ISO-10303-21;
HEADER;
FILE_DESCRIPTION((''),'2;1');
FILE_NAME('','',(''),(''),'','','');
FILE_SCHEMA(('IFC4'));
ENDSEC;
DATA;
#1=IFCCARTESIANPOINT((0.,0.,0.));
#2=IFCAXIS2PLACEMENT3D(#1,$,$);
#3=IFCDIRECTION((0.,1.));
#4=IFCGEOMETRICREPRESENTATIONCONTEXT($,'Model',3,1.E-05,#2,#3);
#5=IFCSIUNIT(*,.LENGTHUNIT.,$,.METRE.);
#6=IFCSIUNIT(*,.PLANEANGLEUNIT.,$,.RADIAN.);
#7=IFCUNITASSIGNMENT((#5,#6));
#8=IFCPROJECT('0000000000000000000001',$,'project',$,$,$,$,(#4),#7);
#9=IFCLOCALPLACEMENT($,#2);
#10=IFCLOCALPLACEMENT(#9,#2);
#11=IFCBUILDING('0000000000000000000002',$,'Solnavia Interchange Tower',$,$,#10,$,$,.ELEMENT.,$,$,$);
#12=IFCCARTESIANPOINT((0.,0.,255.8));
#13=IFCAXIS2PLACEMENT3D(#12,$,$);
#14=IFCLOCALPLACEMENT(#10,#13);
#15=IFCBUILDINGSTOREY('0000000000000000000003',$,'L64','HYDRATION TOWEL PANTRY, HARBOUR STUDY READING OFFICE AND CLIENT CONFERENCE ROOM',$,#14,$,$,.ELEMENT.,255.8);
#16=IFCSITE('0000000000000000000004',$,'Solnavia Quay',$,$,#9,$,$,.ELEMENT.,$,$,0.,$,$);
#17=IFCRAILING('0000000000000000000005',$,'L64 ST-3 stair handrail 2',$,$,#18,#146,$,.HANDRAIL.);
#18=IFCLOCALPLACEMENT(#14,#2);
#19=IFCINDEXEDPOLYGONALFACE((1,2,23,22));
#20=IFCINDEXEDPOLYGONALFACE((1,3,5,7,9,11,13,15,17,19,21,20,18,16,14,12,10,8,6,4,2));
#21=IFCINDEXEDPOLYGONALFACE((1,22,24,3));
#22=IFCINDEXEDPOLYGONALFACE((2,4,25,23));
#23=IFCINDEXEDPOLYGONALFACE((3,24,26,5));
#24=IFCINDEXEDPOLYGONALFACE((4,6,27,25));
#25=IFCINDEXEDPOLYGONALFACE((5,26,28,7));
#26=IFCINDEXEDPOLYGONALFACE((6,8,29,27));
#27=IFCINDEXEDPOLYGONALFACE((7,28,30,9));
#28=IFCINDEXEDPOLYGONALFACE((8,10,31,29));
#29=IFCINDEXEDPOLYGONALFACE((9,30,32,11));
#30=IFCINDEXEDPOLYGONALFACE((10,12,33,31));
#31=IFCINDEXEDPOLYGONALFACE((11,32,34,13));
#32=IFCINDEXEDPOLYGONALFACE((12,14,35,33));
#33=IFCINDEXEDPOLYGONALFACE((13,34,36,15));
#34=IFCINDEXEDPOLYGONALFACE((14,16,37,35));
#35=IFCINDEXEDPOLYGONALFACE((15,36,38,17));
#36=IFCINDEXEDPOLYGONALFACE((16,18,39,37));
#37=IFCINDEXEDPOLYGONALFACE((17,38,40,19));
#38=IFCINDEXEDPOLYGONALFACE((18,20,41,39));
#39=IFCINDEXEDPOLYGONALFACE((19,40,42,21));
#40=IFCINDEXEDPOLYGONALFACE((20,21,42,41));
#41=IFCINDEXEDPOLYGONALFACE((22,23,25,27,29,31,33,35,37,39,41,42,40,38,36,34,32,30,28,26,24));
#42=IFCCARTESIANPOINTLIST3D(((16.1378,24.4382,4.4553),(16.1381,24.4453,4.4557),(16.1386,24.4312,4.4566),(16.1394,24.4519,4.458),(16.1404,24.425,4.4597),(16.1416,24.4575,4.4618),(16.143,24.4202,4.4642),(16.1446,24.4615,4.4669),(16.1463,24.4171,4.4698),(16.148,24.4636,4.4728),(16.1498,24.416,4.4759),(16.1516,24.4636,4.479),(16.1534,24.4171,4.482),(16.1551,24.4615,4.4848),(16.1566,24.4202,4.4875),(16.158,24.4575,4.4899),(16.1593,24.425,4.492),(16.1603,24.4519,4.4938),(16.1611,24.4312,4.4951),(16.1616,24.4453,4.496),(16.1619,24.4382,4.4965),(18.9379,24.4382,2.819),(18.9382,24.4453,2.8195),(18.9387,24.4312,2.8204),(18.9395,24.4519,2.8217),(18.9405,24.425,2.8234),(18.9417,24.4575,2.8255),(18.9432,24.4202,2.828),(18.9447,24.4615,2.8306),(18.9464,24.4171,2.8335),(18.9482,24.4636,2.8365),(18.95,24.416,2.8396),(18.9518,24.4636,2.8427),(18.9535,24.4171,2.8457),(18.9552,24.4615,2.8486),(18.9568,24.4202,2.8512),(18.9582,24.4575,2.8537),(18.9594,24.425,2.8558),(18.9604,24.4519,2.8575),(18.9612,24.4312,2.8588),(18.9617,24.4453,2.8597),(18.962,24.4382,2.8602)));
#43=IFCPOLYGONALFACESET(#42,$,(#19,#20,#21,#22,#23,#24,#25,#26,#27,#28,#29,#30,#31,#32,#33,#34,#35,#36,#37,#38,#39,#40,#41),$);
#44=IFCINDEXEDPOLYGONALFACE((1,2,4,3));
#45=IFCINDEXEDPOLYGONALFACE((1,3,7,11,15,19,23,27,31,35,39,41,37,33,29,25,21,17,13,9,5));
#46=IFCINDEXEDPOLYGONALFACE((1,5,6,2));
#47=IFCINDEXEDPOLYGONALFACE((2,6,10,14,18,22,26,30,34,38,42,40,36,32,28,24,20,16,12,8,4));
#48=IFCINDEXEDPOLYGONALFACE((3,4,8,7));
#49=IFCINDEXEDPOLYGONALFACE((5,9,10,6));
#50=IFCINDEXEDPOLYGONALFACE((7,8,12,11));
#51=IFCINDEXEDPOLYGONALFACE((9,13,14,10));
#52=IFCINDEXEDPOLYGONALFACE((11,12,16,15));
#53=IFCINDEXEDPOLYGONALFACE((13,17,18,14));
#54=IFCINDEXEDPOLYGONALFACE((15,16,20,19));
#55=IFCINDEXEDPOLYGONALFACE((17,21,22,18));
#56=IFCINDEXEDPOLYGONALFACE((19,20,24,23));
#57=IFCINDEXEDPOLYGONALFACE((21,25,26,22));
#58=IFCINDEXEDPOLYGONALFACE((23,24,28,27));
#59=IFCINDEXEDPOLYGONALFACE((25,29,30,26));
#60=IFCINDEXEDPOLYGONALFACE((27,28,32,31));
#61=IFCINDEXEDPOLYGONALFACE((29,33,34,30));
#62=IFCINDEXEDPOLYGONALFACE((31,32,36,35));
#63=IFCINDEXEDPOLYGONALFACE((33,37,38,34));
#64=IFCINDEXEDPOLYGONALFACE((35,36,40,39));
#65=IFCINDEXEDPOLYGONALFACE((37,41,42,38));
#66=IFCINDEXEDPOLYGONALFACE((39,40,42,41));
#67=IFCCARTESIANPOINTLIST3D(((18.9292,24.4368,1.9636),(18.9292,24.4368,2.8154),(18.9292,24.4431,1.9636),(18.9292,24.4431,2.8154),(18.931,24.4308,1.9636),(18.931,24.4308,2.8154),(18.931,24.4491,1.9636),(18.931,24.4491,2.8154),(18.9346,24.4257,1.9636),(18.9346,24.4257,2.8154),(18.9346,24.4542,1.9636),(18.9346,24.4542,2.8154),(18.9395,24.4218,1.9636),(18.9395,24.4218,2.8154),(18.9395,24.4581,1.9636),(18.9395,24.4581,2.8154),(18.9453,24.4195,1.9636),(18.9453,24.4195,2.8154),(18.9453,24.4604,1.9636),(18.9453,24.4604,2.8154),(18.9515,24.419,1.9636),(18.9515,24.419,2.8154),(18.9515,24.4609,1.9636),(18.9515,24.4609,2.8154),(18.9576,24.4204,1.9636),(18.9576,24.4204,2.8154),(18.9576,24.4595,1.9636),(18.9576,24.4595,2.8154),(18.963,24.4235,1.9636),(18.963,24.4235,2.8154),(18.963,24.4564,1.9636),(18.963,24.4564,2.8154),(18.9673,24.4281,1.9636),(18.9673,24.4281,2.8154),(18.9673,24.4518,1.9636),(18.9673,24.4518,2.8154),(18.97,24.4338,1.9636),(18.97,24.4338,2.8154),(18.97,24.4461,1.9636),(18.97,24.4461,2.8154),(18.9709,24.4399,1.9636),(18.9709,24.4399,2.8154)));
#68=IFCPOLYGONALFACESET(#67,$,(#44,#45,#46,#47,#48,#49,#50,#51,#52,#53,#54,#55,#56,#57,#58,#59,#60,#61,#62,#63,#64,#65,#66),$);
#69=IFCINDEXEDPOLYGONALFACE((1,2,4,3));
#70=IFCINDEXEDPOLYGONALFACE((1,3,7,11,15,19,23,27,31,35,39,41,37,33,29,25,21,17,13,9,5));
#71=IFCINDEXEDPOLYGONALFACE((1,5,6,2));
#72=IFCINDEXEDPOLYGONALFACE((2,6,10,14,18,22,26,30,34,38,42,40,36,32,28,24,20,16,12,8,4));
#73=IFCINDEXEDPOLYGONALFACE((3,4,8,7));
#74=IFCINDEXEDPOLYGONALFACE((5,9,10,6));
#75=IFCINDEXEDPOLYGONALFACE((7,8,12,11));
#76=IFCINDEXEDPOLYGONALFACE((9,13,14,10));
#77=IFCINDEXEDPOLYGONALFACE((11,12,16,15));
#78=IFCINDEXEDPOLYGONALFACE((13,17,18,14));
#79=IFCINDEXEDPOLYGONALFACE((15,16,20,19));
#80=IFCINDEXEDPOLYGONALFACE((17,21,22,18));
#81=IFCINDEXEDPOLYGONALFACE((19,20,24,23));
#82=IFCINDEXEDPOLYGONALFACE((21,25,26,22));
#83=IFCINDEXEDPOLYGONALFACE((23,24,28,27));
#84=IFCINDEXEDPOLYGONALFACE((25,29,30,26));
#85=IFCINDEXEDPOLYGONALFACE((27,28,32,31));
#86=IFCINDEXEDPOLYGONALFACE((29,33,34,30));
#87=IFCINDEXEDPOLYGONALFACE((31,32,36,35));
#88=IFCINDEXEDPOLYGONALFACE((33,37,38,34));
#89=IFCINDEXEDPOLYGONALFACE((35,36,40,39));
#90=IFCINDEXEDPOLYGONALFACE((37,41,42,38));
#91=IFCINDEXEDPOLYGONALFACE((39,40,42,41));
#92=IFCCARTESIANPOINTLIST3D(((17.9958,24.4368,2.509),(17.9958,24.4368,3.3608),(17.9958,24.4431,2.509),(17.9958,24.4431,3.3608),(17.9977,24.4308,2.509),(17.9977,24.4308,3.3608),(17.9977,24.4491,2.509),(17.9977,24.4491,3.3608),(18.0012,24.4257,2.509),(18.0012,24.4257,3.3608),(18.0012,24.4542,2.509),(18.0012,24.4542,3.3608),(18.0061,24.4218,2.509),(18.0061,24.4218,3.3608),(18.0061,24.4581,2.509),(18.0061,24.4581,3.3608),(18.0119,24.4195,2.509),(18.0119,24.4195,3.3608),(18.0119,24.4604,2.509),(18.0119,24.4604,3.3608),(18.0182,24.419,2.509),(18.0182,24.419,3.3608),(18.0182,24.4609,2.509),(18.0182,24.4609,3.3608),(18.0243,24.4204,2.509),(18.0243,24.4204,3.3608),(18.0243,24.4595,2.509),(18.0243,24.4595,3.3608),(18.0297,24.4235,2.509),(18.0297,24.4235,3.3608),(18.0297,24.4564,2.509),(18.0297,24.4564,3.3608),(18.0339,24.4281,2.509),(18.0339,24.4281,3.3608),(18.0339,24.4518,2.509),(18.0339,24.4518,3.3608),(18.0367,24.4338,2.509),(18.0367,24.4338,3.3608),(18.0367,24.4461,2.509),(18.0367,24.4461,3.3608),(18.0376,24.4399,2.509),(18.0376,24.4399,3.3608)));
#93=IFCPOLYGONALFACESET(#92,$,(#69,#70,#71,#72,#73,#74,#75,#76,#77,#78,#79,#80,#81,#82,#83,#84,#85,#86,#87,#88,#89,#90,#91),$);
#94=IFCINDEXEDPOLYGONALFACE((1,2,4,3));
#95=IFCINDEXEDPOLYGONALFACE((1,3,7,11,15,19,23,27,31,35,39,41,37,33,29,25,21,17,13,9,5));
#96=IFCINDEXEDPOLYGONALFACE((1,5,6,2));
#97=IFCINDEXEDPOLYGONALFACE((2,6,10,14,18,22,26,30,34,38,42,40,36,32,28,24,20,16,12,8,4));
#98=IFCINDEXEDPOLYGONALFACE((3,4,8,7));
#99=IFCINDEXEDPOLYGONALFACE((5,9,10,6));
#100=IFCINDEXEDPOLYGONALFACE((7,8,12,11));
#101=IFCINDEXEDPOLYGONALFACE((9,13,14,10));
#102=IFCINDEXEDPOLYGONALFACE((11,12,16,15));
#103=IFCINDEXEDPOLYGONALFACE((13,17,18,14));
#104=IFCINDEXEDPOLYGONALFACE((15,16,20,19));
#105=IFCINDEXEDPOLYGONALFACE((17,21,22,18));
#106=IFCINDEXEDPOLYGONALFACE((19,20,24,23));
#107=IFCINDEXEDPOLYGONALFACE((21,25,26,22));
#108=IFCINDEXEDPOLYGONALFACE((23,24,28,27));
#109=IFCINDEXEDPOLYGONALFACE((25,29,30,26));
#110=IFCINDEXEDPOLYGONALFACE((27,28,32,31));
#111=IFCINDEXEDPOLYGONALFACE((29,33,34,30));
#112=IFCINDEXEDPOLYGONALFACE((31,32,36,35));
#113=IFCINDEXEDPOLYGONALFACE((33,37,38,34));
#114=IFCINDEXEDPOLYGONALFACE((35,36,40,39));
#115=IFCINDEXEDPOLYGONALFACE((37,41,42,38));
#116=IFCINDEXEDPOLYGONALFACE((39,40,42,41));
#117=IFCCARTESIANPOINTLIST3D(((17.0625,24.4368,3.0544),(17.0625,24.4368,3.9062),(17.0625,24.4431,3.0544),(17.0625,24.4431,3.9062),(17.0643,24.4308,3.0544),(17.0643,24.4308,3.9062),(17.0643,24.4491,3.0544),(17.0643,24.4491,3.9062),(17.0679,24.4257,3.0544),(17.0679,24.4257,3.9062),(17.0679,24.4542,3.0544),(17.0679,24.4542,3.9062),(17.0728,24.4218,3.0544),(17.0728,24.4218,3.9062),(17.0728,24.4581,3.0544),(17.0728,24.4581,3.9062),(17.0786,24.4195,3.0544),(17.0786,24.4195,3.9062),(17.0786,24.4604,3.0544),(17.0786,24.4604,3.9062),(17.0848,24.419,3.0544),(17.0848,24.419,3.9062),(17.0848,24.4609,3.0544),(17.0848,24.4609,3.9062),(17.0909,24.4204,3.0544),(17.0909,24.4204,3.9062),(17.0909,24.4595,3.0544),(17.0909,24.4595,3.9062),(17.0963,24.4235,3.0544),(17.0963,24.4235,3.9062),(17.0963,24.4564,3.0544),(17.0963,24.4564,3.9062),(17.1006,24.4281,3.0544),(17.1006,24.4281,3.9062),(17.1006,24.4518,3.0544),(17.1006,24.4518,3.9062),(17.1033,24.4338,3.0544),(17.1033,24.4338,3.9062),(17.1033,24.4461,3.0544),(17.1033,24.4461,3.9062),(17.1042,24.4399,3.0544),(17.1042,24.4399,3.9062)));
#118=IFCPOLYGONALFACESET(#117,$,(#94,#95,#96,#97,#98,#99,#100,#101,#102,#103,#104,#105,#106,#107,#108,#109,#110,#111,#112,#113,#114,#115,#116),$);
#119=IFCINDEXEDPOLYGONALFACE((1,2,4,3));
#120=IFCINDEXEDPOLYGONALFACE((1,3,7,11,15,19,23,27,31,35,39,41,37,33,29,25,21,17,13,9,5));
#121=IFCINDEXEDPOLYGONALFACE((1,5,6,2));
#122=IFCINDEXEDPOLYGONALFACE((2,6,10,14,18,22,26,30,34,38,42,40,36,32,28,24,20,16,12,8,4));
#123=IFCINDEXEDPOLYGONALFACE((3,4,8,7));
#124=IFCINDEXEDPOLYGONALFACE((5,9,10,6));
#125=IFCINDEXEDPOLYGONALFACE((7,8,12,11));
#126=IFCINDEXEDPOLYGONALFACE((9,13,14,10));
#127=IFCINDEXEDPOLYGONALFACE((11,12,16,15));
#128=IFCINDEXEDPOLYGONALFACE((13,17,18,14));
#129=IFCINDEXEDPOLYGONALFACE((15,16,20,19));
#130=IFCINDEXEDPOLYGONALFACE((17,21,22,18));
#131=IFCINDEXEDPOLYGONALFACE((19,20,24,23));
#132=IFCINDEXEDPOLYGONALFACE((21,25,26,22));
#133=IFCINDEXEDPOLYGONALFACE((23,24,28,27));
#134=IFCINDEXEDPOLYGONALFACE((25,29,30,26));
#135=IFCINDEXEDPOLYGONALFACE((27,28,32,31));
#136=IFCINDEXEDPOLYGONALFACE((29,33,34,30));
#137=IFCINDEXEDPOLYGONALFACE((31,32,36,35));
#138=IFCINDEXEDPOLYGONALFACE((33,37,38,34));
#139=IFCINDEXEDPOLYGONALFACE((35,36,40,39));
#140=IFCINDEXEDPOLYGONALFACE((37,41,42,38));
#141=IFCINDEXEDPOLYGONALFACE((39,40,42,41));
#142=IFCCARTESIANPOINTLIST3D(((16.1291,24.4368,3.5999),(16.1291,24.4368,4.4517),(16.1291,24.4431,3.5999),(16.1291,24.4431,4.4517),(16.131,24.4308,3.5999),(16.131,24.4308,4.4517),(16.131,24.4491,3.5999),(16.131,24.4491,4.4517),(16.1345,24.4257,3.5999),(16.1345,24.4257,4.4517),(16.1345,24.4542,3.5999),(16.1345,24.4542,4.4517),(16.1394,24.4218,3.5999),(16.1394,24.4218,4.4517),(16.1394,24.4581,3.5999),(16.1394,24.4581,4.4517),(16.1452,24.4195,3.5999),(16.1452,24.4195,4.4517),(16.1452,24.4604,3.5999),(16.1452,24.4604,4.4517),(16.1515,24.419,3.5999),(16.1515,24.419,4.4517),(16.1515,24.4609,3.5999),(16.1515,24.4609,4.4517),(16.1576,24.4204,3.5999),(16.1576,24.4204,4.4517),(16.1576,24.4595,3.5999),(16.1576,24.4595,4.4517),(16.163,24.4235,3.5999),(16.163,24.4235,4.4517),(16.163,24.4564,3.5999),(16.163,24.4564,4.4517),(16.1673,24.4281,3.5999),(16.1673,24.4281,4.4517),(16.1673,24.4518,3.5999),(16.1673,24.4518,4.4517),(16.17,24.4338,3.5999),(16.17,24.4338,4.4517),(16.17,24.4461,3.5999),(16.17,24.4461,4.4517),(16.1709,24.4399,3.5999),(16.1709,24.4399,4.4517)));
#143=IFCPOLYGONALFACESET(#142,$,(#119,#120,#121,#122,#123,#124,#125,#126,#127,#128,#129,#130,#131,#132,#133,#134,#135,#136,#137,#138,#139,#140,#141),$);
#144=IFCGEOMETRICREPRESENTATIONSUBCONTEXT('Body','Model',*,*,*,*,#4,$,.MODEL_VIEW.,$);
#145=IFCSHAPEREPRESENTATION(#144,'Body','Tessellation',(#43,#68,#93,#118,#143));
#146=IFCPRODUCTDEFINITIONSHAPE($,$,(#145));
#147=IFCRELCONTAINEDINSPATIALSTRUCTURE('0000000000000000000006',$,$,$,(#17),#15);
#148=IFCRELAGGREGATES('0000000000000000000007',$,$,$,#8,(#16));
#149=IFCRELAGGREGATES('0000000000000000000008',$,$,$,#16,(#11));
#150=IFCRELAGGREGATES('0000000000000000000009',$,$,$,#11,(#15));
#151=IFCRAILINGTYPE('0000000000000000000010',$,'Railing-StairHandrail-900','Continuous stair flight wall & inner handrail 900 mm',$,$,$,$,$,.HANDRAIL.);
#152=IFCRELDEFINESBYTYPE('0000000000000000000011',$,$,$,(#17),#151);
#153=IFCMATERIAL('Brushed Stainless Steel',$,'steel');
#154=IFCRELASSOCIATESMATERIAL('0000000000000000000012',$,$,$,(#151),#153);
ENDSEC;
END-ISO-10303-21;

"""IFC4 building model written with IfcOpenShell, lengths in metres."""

from ifc_helpers import new_model, si_unit, direction, frame, origin, origin_2d, place, context, subcontext, project, spatial, circle, extrude, material, type_object, element, save


model = new_model("IFC4")

# Units and contexts
model_context = context("Model", 3, precision=1e-05, world=origin(), true_north=direction((0.0, 1.0)))
body_context = subcontext(model_context, "Body", "Model", "MODEL_VIEW")
ifc_project = project(units=[si_unit("LENGTHUNIT", "METRE"), si_unit("PLANEANGLEUNIT", "RADIAN")], contexts=[model_context])

# Site, building, storey
site_placement = place(None, origin())
site = spatial("IfcSite", under=ifc_project, at=site_placement, Name="Solnavia Quay", CompositionType="ELEMENT", RefElevation=0.0)
building_placement = place(site_placement, origin())
building = spatial("IfcBuilding", under=site, at=building_placement, Name="Solnavia Interchange Tower", CompositionType="ELEMENT")
storey_placement = place(building_placement, frame((0.0, 0.0, 255.8)))
storey = spatial("IfcBuildingStorey", under=building, at=storey_placement, Name="L64", Description="HYDRATION TOWEL PANTRY, HARBOUR STUDY READING OFFICE AND CLIENT CONFERENCE ROOM", CompositionType="ELEMENT", Elevation=255.8)

# Railing
ifc_material_1 = material(Name="Brushed Stainless Steel", Category="steel")
railing_type_1 = type_object("IfcRailingType", Name="Railing-StairHandrail-900", Description="Continuous stair flight wall & inner handrail 900 mm", PredefinedType="HANDRAIL", material=ifc_material_1)
railing_1_placement = place(storey_placement, frame((18.95, 24.4399, 1.9636)))
element("IfcRailing", 1, at=railing_1_placement, inside=storey, type_object=railing_type_1, Name="L64 ST-3 stair handrail 2", PredefinedType="HANDRAIL", context=body_context, shape_type="SweptSolid", body=[
    extrude(circle(Radius=0.0239, at=origin_2d()), frame((0.0, 0.0, 0.876), z_axis=(-0.863394, 0.0, 0.504531), x_axis=(0.0, -1.0, 0.0)), (0.0, 0.0, 1.0), 3.2432),
    extrude(circle(Radius=0.021, at=origin_2d()), origin(), (0.0, 0.0, 1.0), 0.8518),
    extrude(circle(Radius=0.021, at=origin_2d()), frame((-0.9333, 0.0, 0.5454)), (0.0, 0.0, 1.0), 0.8518),
    extrude(circle(Radius=0.021, at=origin_2d()), frame((-1.8667, 0.0, 1.0908)), (0.0, 0.0, 1.0), 0.8518),
    extrude(circle(Radius=0.021, at=origin_2d()), frame((-2.8, 0.0, 1.6362)), (0.0, 0.0, 1.0), 0.8518),
])

save(model, "model.ifc")
